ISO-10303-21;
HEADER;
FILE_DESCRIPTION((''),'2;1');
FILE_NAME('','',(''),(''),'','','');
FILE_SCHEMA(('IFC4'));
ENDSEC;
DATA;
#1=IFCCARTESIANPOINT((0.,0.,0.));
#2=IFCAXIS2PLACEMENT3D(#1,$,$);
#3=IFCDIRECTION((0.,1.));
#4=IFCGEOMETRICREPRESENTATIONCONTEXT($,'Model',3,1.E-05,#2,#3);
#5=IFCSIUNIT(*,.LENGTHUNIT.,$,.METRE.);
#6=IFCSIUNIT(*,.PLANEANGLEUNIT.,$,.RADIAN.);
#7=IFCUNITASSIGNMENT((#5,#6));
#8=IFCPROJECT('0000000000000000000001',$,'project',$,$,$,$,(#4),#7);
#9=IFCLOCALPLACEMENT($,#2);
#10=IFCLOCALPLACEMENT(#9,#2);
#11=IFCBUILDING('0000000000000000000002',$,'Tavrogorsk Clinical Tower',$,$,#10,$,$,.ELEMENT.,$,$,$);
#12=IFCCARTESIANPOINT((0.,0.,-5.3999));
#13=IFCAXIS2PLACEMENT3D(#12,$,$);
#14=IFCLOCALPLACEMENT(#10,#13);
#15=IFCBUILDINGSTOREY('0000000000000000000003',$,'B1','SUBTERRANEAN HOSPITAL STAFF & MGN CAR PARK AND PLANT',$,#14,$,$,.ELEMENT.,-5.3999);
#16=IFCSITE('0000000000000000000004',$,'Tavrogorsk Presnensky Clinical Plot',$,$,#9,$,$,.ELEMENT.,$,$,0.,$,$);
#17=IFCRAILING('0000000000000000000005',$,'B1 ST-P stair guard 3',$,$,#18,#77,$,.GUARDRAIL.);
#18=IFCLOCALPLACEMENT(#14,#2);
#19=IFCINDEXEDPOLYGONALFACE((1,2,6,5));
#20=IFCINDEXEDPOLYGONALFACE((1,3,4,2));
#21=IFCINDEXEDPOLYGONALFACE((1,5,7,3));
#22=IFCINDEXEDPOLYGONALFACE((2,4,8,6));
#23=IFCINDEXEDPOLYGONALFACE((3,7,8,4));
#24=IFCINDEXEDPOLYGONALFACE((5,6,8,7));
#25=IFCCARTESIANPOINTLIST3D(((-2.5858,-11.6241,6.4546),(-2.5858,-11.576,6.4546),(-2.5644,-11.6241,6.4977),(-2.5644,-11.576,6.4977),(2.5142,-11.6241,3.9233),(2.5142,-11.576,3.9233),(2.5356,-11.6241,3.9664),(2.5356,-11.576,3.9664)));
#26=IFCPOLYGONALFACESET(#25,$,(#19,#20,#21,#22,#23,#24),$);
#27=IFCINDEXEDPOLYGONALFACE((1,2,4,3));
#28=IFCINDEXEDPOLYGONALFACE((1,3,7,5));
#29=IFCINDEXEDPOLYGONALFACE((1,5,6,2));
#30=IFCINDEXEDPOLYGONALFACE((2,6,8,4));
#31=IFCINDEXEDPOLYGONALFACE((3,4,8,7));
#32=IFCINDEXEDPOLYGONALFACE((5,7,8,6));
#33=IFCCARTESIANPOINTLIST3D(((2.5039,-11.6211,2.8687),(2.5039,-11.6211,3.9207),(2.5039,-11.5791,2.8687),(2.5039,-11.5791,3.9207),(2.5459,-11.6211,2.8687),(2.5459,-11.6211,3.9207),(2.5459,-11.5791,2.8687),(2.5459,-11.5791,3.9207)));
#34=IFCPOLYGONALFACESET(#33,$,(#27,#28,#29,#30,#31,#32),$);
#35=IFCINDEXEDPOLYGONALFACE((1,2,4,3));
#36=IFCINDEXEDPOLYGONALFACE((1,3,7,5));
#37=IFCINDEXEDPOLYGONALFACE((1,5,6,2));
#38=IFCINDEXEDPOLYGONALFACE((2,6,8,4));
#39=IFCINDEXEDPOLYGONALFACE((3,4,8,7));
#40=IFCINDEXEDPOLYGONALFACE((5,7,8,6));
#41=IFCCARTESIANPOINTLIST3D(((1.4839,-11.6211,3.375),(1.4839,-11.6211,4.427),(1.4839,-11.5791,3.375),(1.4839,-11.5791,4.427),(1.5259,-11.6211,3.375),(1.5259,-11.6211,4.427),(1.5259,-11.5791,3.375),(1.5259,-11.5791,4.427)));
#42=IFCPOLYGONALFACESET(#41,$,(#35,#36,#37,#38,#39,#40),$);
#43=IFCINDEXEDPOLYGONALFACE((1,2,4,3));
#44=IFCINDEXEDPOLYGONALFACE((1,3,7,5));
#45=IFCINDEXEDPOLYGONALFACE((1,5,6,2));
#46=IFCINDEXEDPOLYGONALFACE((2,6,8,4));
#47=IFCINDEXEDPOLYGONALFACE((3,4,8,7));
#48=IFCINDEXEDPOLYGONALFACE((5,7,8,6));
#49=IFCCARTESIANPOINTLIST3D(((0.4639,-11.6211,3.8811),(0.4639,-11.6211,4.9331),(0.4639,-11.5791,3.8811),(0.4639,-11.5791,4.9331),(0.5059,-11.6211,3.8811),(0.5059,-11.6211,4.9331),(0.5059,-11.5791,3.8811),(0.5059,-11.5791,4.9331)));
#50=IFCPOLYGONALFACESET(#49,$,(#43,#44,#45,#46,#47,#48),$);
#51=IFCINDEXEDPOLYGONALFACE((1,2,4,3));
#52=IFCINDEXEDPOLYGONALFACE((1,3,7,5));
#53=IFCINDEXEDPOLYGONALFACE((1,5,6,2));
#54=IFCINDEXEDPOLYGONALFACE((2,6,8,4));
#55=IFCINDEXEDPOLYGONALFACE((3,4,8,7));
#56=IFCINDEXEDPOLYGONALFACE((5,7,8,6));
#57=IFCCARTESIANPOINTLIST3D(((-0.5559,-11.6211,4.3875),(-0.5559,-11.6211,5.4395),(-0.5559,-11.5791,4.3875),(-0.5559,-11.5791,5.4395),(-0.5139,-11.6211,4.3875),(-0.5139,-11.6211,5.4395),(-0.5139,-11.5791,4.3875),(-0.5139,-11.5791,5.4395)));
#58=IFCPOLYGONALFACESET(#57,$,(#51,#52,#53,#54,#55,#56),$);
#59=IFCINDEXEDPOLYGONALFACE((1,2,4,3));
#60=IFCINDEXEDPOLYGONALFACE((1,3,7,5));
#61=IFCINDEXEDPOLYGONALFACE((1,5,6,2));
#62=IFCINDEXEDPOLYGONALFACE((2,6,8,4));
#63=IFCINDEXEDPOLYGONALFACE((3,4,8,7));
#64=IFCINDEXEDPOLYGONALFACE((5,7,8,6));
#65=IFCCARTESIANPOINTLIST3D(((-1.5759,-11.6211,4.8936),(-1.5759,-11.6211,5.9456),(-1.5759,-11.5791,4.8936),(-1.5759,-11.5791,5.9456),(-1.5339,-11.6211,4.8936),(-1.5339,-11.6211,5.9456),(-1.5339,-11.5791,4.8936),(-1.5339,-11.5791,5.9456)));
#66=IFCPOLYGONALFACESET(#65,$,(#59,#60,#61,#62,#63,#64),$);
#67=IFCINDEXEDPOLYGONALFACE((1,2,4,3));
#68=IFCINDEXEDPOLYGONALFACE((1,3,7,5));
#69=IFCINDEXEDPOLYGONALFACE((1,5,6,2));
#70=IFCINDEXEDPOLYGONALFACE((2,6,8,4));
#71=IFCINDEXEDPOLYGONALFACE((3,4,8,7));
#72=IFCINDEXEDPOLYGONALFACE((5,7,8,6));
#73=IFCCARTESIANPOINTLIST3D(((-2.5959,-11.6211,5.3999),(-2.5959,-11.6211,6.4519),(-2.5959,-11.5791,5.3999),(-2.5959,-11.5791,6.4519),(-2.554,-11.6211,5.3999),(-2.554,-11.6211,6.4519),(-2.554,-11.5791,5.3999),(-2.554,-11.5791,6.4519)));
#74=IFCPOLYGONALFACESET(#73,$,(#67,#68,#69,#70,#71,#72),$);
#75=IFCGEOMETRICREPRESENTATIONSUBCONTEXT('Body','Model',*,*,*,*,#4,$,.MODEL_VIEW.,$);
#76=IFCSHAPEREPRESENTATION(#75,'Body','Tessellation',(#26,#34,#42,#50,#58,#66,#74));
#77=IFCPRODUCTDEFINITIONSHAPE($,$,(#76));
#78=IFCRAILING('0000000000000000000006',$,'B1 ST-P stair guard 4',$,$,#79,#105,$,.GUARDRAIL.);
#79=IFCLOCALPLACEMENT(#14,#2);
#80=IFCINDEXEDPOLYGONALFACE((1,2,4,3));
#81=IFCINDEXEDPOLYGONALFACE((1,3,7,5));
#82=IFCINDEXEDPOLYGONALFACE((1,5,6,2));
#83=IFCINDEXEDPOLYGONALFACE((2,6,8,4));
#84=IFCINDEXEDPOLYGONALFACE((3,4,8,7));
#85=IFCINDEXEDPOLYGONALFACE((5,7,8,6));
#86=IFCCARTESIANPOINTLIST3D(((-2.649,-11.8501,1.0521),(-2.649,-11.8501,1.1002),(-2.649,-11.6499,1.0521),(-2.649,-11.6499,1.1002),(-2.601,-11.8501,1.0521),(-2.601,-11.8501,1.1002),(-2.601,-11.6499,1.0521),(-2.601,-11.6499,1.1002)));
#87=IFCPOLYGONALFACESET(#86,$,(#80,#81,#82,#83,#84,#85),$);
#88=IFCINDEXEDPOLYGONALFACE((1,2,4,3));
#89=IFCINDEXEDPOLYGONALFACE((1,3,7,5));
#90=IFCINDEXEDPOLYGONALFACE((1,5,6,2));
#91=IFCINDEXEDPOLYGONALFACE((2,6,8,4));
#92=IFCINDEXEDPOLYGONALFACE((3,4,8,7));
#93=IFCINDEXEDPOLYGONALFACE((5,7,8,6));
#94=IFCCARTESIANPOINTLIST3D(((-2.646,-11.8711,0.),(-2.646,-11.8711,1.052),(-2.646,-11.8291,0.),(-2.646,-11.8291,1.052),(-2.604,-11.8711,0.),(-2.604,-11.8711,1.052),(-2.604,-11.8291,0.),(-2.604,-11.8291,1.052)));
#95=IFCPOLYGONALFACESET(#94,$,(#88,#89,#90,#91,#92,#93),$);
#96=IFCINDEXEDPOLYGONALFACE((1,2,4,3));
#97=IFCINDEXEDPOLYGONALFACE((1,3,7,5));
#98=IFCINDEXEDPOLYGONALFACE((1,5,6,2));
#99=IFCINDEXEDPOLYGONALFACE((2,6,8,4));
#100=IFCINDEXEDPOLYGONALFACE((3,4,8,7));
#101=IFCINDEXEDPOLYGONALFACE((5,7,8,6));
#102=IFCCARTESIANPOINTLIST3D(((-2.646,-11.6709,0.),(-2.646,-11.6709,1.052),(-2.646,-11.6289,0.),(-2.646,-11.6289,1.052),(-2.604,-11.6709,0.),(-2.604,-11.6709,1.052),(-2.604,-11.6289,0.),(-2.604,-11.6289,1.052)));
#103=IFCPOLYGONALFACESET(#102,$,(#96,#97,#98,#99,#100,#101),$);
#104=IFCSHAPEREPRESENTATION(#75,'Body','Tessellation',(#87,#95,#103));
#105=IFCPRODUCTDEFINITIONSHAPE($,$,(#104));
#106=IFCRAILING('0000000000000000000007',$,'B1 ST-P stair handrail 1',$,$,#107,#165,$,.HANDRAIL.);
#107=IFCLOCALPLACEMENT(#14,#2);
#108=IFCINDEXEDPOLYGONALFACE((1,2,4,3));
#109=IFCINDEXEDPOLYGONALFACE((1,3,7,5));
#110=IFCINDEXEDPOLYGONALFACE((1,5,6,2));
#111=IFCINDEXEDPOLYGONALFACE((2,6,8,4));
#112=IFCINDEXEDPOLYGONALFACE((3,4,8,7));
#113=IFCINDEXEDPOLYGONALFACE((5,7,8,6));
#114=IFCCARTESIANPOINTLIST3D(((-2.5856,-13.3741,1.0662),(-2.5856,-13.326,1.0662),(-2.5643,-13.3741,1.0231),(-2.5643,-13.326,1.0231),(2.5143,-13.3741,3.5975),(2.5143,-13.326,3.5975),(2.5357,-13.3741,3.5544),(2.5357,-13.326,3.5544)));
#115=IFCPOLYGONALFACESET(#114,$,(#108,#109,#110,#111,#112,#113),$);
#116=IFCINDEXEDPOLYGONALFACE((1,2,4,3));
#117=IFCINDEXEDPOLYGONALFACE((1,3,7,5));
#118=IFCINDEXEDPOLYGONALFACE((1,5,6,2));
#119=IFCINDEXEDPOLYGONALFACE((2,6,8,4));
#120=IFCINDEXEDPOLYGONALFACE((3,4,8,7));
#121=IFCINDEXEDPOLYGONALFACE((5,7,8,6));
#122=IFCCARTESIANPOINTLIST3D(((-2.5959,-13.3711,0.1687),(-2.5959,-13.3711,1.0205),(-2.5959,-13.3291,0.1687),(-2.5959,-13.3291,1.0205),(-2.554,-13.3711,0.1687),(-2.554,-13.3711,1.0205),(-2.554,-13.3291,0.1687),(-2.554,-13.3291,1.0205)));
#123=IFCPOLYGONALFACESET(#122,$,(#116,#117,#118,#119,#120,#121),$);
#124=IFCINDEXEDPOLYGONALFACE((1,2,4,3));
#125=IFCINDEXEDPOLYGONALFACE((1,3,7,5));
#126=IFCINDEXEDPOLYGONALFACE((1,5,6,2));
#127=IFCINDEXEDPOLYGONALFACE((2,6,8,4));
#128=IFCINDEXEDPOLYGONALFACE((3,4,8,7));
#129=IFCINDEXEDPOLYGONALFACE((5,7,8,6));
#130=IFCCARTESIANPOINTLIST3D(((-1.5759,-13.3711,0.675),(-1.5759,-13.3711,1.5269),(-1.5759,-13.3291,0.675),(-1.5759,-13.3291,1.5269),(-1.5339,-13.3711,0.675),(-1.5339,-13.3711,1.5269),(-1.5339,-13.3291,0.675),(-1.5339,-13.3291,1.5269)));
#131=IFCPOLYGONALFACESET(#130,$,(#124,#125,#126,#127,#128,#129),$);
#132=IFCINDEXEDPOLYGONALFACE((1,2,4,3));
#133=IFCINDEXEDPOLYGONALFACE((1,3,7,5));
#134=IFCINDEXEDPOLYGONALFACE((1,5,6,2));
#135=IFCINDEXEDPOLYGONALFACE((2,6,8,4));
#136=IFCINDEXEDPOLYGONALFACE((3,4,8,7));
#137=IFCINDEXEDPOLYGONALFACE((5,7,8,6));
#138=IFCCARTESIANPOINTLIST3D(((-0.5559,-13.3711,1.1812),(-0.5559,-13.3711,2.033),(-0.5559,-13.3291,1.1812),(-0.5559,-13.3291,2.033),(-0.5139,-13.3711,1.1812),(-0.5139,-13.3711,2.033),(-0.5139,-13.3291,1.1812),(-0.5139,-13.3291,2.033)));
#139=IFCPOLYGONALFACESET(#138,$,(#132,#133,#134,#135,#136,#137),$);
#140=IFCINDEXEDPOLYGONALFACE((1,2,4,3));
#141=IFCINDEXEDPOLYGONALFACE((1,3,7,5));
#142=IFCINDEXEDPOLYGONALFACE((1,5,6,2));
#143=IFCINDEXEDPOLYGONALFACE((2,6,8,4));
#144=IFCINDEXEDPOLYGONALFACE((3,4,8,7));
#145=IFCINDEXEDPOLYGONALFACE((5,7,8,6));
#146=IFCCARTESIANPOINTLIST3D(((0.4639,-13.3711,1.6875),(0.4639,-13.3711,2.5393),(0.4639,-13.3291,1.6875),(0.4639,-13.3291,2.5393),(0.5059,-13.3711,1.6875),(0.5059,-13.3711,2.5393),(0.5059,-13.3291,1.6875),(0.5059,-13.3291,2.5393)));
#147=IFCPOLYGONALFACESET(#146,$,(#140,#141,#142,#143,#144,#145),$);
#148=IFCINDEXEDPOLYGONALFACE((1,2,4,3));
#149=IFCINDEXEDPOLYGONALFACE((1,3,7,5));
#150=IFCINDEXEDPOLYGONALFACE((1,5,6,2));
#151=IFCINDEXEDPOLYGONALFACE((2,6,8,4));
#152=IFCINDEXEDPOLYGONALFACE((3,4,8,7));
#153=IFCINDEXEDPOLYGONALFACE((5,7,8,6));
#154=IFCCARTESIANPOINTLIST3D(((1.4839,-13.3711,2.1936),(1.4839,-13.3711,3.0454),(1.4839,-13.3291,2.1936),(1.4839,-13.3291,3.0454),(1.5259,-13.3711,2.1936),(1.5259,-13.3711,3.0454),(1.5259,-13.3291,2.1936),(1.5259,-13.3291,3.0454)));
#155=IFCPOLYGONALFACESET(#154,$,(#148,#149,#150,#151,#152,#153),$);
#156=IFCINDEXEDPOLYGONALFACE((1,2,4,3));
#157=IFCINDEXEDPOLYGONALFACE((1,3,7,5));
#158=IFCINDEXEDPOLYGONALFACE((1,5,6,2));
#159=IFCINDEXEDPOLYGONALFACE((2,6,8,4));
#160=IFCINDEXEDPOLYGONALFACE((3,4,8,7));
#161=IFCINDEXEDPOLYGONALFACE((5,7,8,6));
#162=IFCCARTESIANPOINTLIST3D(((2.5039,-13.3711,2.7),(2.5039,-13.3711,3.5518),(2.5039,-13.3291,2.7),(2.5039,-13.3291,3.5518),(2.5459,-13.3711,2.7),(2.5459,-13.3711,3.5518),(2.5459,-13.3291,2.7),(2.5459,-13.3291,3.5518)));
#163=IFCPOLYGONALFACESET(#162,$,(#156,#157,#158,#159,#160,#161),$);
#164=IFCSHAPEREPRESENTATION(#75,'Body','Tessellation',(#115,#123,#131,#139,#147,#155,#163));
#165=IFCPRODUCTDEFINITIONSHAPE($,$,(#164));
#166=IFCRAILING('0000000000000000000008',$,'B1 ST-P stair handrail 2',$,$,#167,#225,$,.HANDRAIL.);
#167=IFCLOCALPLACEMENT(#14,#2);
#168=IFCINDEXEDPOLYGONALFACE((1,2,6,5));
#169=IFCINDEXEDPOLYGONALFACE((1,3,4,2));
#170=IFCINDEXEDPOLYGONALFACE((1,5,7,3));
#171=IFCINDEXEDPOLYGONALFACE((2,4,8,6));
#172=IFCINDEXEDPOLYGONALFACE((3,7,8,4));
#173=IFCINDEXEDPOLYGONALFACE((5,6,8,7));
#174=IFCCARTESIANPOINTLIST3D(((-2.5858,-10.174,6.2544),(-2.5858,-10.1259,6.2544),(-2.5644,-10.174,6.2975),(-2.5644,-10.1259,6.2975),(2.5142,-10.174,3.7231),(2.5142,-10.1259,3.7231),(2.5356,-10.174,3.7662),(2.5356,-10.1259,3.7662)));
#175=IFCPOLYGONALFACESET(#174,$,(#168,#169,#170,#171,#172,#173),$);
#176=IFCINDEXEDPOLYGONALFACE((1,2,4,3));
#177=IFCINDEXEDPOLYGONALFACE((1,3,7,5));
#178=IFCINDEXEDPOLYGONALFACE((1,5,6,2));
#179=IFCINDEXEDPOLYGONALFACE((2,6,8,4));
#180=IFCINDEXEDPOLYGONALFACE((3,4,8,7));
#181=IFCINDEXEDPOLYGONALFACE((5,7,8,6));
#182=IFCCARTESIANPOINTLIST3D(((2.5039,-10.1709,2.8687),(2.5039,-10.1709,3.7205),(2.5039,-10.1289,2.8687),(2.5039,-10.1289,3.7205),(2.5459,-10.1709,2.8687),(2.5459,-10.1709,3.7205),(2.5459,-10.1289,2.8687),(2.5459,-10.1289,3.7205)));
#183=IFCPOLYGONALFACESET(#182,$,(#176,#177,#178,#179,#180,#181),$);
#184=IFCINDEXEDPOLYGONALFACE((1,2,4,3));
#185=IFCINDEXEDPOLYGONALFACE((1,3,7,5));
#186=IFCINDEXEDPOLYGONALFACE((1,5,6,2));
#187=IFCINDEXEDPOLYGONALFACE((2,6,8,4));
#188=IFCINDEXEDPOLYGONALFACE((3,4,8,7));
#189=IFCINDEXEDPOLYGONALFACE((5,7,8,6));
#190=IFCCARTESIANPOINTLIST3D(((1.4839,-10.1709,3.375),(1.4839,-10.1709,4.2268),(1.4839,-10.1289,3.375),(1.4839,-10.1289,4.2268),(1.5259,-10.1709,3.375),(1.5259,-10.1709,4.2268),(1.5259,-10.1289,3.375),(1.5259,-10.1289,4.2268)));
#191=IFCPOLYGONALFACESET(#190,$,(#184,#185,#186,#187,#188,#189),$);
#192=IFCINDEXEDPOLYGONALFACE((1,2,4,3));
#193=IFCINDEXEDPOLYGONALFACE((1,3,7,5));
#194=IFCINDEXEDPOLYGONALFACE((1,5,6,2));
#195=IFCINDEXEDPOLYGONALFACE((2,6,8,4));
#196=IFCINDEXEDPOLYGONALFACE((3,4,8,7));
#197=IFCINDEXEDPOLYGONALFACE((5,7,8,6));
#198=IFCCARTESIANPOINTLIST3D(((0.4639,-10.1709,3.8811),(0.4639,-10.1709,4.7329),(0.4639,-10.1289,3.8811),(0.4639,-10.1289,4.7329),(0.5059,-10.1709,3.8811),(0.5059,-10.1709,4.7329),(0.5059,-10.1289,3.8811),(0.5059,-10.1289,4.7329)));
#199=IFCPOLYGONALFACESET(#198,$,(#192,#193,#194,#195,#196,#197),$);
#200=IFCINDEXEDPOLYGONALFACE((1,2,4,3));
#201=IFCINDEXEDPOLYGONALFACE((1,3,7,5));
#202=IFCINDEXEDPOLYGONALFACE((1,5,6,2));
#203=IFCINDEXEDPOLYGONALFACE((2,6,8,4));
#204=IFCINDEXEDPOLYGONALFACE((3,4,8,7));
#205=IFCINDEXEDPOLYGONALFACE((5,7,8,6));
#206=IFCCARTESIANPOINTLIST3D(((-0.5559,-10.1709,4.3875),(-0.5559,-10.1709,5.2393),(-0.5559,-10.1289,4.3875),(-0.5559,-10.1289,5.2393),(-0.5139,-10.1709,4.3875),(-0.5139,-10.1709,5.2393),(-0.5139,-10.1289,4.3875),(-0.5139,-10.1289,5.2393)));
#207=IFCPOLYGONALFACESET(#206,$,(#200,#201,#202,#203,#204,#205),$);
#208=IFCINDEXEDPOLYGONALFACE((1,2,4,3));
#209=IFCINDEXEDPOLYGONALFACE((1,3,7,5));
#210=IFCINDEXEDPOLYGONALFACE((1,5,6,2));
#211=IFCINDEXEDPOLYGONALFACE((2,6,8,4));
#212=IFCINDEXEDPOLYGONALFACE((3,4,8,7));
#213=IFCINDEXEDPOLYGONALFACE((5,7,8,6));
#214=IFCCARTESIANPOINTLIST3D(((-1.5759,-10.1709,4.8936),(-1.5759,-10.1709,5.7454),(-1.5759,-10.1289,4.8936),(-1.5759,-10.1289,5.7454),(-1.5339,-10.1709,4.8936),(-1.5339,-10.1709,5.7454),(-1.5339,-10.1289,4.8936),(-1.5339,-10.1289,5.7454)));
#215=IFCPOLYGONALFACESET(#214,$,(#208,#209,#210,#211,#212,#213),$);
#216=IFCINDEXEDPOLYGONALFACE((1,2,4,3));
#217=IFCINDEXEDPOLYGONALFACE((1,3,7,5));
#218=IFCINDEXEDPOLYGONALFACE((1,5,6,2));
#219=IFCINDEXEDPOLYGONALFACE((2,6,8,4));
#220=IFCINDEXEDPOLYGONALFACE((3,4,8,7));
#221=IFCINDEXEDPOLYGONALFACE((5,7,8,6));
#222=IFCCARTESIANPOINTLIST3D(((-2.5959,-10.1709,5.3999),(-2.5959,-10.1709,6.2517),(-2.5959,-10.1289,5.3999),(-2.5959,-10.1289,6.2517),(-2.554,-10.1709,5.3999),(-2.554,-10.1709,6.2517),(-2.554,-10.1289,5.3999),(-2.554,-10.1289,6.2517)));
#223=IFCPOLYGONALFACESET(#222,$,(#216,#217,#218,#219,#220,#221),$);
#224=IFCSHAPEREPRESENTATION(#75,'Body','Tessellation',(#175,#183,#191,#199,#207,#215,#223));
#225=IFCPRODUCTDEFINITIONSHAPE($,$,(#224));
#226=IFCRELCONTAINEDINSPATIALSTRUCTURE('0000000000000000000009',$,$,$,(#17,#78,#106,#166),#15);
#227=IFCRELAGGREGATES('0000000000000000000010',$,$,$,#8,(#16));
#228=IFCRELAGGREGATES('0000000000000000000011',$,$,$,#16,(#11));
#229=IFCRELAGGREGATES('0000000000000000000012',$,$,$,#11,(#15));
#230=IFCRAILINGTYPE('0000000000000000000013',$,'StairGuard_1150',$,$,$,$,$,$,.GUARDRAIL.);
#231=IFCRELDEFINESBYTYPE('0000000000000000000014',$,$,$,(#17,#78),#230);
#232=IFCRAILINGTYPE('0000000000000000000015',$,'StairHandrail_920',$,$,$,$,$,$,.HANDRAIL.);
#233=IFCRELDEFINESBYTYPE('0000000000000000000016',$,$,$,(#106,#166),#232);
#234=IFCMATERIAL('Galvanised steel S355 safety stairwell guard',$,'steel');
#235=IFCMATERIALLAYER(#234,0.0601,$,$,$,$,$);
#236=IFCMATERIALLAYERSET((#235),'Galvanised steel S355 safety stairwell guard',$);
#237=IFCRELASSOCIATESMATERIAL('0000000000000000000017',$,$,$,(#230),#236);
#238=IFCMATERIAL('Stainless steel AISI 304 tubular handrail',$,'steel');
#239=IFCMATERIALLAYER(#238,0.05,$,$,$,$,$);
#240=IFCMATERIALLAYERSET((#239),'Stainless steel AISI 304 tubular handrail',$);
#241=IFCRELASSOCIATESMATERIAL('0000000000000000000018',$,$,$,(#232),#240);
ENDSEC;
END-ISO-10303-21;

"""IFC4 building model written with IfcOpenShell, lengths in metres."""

from ifc_helpers import new_model, si_unit, direction, frame, origin, origin_2d, place, context, subcontext, project, spatial, rectangle, extrude, material, layer, layer_set, type_object, element, save


model = new_model("IFC4")

# Units and contexts
model_context = context("Model", 3, precision=1e-05, world=origin(), true_north=direction((0.0, 1.0)))
body_context = subcontext(model_context, "Body", "Model", "MODEL_VIEW")
ifc_project = project(units=[si_unit("LENGTHUNIT", "METRE"), si_unit("PLANEANGLEUNIT", "RADIAN")], contexts=[model_context])

# Site, building, storey
site_placement = place(None, origin())
site = spatial("IfcSite", under=ifc_project, at=site_placement, Name="Tavrogorsk Presnensky Clinical Plot", CompositionType="ELEMENT", RefElevation=0.0)
building_placement = place(site_placement, origin())
building = spatial("IfcBuilding", under=site, at=building_placement, Name="Tavrogorsk Clinical Tower", CompositionType="ELEMENT")
storey_placement = place(building_placement, frame((0.0, 0.0, -5.3999)))
storey = spatial("IfcBuildingStorey", under=building, at=storey_placement, Name="B1", Description="SUBTERRANEAN HOSPITAL STAFF & MGN CAR PARK AND PLANT", CompositionType="ELEMENT", Elevation=-5.3999)

# Railings
ifc_material_1 = material(Name="Galvanised steel S355 safety stairwell guard", Category="steel")
ifc_layer_1 = layer(ifc_material_1, 0.0601)
ifc_layer_set_1 = layer_set([ifc_layer_1], Name="Galvanised steel S355 safety stairwell guard")
railing_type_1 = type_object("IfcRailingType", Name="StairGuard_1150", PredefinedType="GUARDRAIL", material=ifc_layer_set_1)
railing_1_placement = place(storey_placement, frame((2.5249, -11.6001, 2.8687)))
element("IfcRailing", 1, at=railing_1_placement, inside=storey, type_object=railing_type_1, Name="B1 ST-P stair guard 3", PredefinedType="GUARDRAIL", context=body_context, shape_type="SweptSolid", body=[
    extrude(rectangle(XDim=0.0481, YDim=0.0481, at=origin_2d()), frame((0.0, 0.0, 1.0762), z_axis=(-0.895735, 0.0, 0.444587), x_axis=(0.0, -1.0, 0.0)), (0.0, 0.0, 1.0), 5.6936),
    extrude(rectangle(XDim=0.042, YDim=0.042, at=origin_2d()), origin(), (0.0, 0.0, 1.0), 1.052),
    extrude(rectangle(XDim=0.042, YDim=0.042, at=origin_2d()), frame((-1.02, 0.0, 0.5063)), (0.0, 0.0, 1.0), 1.052),
    extrude(rectangle(XDim=0.042, YDim=0.042, at=origin_2d()), frame((-2.04, 0.0, 1.0125)), (0.0, 0.0, 1.0), 1.052),
    extrude(rectangle(XDim=0.042, YDim=0.042, at=origin_2d()), frame((-3.0598, 0.0, 1.5188)), (0.0, 0.0, 1.0), 1.052),
    extrude(rectangle(XDim=0.042, YDim=0.042, at=origin_2d()), frame((-4.0798, 0.0, 2.0249)), (0.0, 0.0, 1.0), 1.052),
    extrude(rectangle(XDim=0.042, YDim=0.042, at=origin_2d()), frame((-5.0999, 0.0, 2.5312)), (0.0, 0.0, 1.0), 1.052),
])
railing_2_placement = place(storey_placement, frame((-2.625, -11.8501, 0.0)))
element("IfcRailing", 2, at=railing_2_placement, inside=storey, type_object=railing_type_1, Name="B1 ST-P stair guard 4", PredefinedType="GUARDRAIL", context=body_context, shape_type="SweptSolid", body=[
    extrude(rectangle(XDim=0.0481, YDim=0.0481, at=origin_2d()), frame((0.0, 0.0, 1.0762), z_axis=(0.0, 1.0, 0.0), x_axis=(-1.0, 0.0, 0.0)), (0.0, 0.0, 1.0), 0.2002),
    extrude(rectangle(XDim=0.042, YDim=0.042, at=origin_2d()), origin(), (0.0, 0.0, 1.0), 1.052),
    extrude(rectangle(XDim=0.042, YDim=0.042, at=origin_2d()), frame((0.0, 0.2002, 0.0)), (0.0, 0.0, 1.0), 1.052),
])
ifc_material_2 = material(Name="Stainless steel AISI 304 tubular handrail", Category="steel")
ifc_layer_2 = layer(ifc_material_2, 0.05)
ifc_layer_set_2 = layer_set([ifc_layer_2], Name="Stainless steel AISI 304 tubular handrail")
railing_type_2 = type_object("IfcRailingType", Name="StairHandrail_920", PredefinedType="HANDRAIL", material=ifc_layer_set_2)
railing_3_placement = place(storey_placement, frame((-2.575, -13.3501, 0.1687)))
element("IfcRailing", 3, at=railing_3_placement, inside=storey, type_object=railing_type_2, Name="B1 ST-P stair handrail 1", PredefinedType="HANDRAIL", context=body_context, shape_type="SweptSolid", body=[
    extrude(rectangle(XDim=0.0481, YDim=0.0481, at=origin_2d()), frame((0.0, 0.0, 0.876), z_axis=(0.895735, 0.0, 0.444587), x_axis=(0.0, 1.0, 0.0)), (0.0, 0.0, 1.0), 5.6936),
    extrude(rectangle(XDim=0.042, YDim=0.042, at=origin_2d()), origin(), (0.0, 0.0, 1.0), 0.8518),
    extrude(rectangle(XDim=0.042, YDim=0.042, at=origin_2d()), frame((1.02, 0.0, 0.5063)), (0.0, 0.0, 1.0), 0.8518),
    extrude(rectangle(XDim=0.042, YDim=0.042, at=origin_2d()), frame((2.04, 0.0, 1.0125)), (0.0, 0.0, 1.0), 0.8518),
    extrude(rectangle(XDim=0.042, YDim=0.042, at=origin_2d()), frame((3.0598, 0.0, 1.5188)), (0.0, 0.0, 1.0), 0.8518),
    extrude(rectangle(XDim=0.042, YDim=0.042, at=origin_2d()), frame((4.0798, 0.0, 2.0249)), (0.0, 0.0, 1.0), 0.8518),
    extrude(rectangle(XDim=0.042, YDim=0.042, at=origin_2d()), frame((5.0999, 0.0, 2.5312)), (0.0, 0.0, 1.0), 0.8518),
])
railing_4_placement = place(storey_placement, frame((2.5249, -10.1499, 2.8687)))
element("IfcRailing", 4, at=railing_4_placement, inside=storey, type_object=railing_type_2, Name="B1 ST-P stair handrail 2", PredefinedType="HANDRAIL", context=body_context, shape_type="SweptSolid", body=[
    extrude(rectangle(XDim=0.0481, YDim=0.0481, at=origin_2d()), frame((0.0, 0.0, 0.876), z_axis=(-0.895735, 0.0, 0.444587), x_axis=(0.0, -1.0, 0.0)), (0.0, 0.0, 1.0), 5.6936),
    extrude(rectangle(XDim=0.042, YDim=0.042, at=origin_2d()), origin(), (0.0, 0.0, 1.0), 0.8518),
    extrude(rectangle(XDim=0.042, YDim=0.042, at=origin_2d()), frame((-1.02, 0.0, 0.5063)), (0.0, 0.0, 1.0), 0.8518),
    extrude(rectangle(XDim=0.042, YDim=0.042, at=origin_2d()), frame((-2.04, 0.0, 1.0125)), (0.0, 0.0, 1.0), 0.8518),
    extrude(rectangle(XDim=0.042, YDim=0.042, at=origin_2d()), frame((-3.0598, 0.0, 1.5188)), (0.0, 0.0, 1.0), 0.8518),
    extrude(rectangle(XDim=0.042, YDim=0.042, at=origin_2d()), frame((-4.0798, 0.0, 2.0249)), (0.0, 0.0, 1.0), 0.8518),
    extrude(rectangle(XDim=0.042, YDim=0.042, at=origin_2d()), frame((-5.0999, 0.0, 2.5312)), (0.0, 0.0, 1.0), 0.8518),
])

save(model, "model.ifc")
